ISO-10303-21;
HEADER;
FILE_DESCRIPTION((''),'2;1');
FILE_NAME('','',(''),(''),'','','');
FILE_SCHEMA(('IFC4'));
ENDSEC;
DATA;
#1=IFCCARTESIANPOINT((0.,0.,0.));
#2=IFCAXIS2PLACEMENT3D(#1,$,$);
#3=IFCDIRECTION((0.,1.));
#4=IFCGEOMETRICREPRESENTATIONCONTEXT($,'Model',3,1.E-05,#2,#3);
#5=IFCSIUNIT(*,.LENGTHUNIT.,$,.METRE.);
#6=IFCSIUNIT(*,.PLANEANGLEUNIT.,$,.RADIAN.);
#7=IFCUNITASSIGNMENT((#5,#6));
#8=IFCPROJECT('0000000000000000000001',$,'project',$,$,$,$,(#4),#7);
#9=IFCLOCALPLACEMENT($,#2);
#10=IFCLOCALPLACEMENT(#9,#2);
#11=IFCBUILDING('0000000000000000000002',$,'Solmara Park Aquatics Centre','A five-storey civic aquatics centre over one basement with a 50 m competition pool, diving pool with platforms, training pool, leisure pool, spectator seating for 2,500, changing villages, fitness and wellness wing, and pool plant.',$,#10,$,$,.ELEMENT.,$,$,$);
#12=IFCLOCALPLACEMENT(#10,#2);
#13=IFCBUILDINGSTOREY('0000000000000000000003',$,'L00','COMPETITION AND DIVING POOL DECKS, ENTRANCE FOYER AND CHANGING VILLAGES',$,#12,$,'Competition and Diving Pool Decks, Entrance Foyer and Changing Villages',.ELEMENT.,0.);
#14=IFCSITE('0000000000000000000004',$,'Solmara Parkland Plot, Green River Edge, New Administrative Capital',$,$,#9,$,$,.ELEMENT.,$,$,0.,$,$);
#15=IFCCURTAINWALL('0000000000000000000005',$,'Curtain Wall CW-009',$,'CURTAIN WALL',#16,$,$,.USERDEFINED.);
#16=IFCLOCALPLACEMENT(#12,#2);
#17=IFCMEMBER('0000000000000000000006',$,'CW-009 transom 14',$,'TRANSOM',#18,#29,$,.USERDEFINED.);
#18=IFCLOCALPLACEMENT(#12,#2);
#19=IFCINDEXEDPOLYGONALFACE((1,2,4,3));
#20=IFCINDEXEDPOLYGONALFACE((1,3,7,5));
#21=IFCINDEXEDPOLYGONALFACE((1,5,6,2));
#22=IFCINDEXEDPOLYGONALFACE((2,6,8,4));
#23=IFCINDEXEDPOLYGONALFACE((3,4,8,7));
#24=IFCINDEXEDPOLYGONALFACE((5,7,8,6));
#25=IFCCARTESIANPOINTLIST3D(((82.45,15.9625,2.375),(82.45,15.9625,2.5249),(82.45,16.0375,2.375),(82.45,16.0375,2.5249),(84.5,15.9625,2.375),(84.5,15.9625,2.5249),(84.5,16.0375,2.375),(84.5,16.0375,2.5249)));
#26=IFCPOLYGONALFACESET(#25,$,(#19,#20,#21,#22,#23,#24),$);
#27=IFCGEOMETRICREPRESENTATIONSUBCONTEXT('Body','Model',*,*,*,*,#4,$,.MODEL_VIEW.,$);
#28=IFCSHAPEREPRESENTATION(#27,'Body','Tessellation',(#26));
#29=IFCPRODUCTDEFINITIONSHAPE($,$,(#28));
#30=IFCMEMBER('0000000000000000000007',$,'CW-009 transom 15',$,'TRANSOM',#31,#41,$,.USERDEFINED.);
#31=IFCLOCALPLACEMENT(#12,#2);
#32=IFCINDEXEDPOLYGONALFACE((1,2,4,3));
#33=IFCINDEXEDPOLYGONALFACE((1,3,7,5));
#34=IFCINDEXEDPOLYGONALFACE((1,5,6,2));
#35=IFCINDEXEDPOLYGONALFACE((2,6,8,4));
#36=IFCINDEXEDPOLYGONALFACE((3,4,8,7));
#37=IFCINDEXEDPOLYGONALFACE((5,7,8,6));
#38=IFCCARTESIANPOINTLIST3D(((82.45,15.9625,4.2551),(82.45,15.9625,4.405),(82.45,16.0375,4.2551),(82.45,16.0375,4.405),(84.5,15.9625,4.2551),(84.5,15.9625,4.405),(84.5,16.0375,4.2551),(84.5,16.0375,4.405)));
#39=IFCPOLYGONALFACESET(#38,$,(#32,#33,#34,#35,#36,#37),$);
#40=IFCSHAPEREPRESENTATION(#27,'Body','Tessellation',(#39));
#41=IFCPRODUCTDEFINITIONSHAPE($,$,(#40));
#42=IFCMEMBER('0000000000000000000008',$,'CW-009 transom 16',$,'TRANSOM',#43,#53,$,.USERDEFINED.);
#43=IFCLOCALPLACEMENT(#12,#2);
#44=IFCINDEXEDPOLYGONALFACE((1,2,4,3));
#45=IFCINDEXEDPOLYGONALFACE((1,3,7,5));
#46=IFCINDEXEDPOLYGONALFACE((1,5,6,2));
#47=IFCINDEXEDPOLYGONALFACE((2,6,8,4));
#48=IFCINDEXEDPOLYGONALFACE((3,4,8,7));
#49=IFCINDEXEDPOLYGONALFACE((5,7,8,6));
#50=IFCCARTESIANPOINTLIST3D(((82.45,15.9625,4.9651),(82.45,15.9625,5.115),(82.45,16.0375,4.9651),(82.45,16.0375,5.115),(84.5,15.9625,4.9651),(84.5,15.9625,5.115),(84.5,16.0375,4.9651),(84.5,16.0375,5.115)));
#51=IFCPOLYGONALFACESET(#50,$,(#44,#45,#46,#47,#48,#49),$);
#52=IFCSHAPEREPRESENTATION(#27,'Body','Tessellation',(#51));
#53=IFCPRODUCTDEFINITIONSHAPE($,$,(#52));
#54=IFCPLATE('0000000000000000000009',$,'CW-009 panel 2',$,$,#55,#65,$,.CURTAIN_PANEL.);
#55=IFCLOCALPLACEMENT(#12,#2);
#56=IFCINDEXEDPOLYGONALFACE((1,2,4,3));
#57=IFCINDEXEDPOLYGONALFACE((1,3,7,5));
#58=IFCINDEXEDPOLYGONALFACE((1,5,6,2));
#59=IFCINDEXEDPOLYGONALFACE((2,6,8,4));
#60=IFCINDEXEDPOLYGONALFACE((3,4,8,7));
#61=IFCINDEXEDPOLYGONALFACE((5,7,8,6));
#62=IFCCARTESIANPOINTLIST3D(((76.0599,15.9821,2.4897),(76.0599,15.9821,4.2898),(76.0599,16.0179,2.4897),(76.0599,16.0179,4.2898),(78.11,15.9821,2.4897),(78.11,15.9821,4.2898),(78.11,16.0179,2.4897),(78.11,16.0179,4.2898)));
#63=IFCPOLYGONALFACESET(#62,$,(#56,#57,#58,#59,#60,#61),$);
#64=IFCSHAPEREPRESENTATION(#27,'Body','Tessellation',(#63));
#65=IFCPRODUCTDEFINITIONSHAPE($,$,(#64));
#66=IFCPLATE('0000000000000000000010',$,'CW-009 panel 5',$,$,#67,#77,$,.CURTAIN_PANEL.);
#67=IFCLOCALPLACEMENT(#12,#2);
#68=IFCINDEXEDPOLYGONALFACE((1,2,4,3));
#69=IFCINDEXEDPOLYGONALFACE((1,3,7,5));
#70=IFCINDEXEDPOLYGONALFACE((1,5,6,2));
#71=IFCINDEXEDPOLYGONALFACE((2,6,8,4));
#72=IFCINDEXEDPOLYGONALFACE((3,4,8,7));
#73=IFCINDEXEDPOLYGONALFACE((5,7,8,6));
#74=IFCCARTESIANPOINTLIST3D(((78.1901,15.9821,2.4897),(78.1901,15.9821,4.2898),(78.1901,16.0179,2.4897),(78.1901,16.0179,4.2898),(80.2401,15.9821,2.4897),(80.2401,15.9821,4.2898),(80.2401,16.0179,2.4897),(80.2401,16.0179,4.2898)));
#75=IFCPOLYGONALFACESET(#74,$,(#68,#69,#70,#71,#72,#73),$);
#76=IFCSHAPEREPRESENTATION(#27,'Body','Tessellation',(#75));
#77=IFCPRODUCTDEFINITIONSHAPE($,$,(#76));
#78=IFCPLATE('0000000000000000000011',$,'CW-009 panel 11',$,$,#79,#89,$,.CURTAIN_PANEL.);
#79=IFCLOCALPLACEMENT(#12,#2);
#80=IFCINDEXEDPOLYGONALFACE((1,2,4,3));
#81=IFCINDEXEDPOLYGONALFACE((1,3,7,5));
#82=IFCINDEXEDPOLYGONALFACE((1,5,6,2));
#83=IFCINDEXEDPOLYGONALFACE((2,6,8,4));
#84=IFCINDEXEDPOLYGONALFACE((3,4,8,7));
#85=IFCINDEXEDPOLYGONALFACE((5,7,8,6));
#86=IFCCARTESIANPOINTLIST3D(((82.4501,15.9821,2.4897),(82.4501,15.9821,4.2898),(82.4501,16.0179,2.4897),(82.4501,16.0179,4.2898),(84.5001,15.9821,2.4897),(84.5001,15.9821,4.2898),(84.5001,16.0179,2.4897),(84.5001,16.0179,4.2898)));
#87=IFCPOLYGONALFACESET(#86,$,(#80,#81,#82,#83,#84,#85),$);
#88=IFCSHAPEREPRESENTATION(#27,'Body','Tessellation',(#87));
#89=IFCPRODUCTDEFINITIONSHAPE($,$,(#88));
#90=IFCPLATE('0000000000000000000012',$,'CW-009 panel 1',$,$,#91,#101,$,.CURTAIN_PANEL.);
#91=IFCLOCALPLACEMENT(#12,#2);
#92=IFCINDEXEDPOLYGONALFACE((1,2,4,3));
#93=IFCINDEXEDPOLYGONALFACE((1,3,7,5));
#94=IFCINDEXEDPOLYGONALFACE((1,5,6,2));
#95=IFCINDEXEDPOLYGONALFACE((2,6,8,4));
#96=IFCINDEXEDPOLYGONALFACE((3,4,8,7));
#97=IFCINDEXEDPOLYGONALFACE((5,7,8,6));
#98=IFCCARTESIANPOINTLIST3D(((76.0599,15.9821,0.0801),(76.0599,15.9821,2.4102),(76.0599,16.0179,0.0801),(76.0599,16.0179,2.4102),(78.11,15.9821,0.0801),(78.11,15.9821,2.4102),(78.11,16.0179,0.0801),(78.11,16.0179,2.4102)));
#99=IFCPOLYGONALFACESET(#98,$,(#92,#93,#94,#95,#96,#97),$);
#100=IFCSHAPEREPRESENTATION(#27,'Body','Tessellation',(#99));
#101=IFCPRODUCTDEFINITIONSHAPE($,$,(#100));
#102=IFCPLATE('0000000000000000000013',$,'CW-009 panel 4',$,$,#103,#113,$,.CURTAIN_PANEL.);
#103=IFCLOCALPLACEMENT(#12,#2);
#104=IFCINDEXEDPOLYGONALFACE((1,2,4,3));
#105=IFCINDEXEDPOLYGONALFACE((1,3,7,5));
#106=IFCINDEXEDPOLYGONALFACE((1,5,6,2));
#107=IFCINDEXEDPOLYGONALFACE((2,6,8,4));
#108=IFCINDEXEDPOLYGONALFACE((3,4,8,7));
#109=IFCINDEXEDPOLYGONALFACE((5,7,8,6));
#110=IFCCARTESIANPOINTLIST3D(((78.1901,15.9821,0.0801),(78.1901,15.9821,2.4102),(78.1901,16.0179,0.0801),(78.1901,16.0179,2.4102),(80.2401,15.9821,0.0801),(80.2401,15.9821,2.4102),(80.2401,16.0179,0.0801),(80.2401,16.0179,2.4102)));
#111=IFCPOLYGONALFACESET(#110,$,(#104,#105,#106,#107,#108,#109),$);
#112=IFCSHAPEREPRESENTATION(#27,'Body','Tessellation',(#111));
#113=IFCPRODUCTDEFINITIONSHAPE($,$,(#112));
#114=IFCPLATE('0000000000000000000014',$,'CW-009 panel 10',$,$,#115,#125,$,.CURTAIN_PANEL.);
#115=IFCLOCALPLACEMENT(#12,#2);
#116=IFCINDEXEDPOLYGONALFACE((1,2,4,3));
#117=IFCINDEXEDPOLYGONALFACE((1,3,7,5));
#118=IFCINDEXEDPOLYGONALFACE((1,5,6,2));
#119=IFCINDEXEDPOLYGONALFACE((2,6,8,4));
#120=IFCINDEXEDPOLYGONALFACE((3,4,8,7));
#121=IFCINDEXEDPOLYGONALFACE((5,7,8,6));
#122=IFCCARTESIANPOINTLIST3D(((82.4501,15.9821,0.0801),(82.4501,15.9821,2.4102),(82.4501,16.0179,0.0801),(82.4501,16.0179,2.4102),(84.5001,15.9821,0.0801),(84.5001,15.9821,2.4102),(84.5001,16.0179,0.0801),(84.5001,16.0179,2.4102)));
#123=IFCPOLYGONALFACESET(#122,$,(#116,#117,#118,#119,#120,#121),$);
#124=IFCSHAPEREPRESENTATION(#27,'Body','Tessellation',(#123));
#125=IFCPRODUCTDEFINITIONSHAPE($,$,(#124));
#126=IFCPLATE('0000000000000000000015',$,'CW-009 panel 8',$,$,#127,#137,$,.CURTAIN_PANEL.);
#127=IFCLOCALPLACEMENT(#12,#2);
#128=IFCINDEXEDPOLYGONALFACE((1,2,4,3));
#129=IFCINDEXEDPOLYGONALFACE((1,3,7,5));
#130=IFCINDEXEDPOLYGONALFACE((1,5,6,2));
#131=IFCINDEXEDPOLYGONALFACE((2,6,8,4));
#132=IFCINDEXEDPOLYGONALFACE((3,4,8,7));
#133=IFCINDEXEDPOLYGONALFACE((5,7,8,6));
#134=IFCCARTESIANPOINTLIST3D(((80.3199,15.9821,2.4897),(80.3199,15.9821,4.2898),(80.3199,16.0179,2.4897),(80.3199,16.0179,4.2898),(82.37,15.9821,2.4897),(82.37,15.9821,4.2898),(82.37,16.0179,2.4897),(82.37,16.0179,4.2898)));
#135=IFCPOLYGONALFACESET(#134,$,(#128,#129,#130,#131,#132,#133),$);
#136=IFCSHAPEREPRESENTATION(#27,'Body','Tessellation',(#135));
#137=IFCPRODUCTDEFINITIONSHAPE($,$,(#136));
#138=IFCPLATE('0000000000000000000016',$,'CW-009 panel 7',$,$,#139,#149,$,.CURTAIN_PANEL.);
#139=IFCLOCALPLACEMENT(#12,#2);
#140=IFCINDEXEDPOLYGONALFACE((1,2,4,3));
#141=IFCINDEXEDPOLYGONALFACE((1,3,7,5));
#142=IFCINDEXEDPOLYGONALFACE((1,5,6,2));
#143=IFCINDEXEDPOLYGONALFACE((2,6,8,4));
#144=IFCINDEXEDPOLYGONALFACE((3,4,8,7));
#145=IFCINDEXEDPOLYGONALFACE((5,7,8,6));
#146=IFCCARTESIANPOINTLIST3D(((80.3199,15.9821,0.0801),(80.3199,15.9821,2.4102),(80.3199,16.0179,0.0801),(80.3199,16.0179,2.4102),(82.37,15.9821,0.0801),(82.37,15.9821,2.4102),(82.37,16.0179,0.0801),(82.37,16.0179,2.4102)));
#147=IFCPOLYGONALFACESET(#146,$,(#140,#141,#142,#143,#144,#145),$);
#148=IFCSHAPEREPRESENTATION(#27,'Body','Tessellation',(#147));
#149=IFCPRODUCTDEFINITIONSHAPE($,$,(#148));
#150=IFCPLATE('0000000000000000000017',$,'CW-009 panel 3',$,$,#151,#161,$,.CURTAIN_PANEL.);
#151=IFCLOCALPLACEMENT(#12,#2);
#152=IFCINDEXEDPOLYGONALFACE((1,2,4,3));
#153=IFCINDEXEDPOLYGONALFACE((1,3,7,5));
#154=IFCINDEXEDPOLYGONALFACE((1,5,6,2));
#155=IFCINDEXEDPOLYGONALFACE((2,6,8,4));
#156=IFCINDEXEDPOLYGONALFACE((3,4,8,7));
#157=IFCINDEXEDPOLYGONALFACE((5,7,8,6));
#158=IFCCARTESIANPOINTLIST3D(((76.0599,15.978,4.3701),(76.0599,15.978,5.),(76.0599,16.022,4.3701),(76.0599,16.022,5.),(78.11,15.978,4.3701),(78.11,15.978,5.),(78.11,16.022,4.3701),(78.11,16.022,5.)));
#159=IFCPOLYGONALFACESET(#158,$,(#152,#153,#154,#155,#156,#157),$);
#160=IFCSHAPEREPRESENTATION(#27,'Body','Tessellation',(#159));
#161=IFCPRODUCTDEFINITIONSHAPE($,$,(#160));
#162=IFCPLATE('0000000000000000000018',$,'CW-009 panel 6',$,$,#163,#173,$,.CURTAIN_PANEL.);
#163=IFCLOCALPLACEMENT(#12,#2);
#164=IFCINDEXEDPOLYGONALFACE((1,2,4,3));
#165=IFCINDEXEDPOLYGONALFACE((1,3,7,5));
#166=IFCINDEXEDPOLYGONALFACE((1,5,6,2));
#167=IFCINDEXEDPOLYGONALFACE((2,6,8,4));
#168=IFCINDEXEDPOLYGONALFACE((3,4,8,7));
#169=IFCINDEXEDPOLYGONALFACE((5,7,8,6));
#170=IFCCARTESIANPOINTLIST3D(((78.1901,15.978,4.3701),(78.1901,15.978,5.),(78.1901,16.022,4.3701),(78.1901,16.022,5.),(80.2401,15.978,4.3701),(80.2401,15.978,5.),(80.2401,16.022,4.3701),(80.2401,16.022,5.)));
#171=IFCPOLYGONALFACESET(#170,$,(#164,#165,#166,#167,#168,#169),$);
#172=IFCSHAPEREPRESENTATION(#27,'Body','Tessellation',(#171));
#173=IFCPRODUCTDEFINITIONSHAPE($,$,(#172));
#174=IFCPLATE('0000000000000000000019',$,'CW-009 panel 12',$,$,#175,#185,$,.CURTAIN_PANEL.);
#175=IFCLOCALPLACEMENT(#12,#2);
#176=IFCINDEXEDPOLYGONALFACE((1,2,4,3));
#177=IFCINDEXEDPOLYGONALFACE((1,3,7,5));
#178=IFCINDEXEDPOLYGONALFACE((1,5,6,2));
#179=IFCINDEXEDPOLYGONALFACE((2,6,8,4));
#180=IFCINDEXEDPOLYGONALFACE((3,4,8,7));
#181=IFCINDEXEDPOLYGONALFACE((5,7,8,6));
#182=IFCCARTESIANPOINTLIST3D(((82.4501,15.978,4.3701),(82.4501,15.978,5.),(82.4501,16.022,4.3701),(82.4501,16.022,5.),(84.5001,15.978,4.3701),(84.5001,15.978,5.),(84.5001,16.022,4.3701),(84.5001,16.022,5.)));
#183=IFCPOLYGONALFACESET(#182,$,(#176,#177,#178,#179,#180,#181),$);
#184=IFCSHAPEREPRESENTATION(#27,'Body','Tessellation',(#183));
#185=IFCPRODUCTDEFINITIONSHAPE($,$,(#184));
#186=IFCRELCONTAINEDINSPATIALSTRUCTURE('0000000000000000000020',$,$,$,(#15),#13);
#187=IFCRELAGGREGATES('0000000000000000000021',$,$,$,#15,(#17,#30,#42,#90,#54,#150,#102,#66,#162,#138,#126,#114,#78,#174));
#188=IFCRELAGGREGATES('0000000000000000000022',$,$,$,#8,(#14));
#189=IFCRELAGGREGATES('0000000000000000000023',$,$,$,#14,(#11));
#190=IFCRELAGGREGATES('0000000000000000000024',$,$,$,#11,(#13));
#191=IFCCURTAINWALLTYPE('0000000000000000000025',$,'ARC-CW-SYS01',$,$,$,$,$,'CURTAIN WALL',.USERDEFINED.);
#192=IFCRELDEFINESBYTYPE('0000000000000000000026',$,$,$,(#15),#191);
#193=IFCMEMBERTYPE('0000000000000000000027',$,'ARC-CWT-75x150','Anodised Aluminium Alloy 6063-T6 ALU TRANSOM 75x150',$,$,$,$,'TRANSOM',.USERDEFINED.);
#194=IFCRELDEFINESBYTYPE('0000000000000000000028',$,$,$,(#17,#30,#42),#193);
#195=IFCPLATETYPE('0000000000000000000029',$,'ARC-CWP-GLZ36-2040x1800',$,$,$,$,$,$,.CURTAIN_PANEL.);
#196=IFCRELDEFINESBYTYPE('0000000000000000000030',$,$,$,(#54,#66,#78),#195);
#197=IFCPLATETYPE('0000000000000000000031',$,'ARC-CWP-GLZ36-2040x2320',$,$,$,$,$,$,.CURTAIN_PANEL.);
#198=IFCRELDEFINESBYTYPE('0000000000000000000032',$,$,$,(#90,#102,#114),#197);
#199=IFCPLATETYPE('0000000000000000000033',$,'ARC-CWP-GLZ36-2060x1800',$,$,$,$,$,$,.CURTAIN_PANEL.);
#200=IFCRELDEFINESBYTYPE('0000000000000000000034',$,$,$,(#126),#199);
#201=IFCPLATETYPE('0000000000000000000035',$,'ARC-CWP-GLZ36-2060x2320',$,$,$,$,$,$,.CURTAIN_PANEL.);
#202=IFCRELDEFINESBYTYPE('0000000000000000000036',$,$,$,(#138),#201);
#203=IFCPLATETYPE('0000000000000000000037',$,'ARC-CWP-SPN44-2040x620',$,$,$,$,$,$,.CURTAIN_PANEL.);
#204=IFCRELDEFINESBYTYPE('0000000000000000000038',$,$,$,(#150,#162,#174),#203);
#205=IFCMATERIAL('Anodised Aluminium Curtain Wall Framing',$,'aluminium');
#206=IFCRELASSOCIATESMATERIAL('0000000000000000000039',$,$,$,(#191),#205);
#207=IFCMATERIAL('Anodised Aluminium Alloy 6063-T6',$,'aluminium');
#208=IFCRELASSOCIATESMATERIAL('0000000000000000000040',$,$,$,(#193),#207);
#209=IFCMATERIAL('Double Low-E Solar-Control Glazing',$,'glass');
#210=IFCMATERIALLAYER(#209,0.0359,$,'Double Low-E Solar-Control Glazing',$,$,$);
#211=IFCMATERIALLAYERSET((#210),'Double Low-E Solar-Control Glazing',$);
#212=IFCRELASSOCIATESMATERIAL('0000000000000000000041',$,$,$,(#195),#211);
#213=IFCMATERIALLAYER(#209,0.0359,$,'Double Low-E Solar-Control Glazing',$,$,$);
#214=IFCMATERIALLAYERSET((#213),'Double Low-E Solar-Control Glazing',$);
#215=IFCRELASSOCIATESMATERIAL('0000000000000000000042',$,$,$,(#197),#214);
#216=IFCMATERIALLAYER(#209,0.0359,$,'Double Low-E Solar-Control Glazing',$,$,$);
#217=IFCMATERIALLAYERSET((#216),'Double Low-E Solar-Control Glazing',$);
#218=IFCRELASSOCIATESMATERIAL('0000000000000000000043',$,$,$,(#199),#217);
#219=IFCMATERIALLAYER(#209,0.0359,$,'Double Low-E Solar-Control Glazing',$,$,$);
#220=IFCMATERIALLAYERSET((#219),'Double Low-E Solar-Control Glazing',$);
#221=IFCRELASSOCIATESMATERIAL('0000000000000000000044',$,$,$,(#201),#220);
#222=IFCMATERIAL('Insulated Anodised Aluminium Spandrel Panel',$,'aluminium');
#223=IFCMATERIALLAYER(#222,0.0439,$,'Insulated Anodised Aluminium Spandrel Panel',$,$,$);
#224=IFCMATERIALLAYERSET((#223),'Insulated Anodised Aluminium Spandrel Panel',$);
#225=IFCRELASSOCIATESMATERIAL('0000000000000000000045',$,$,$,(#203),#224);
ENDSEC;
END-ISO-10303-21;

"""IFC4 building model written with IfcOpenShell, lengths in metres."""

from ifc_helpers import new_model, si_unit, direction, frame, origin, origin_2d, place, context, subcontext, project, spatial, rectangle, extrude, material, layer, layer_set, material_profile, profile_set, type_object, element, aggregate, save


model = new_model("IFC4")

# Units and contexts
model_context = context("Model", 3, precision=1e-05, world=origin(), true_north=direction((0.0, 1.0)))
body_context = subcontext(model_context, "Body", "Model", "MODEL_VIEW")
ifc_project = project(units=[si_unit("LENGTHUNIT", "METRE"), si_unit("PLANEANGLEUNIT", "RADIAN")], contexts=[model_context])

# Site, building, storey
site_placement = place(None, origin())
site = spatial("IfcSite", under=ifc_project, at=site_placement, Name="Solmara Parkland Plot, Green River Edge, New Administrative Capital", CompositionType="ELEMENT", RefElevation=0.0)
building_placement = place(site_placement, origin())
building = spatial("IfcBuilding", under=site, at=building_placement, Name="Solmara Park Aquatics Centre", Description="A five-storey civic aquatics centre over one basement with a 50 m competition pool, diving pool with platforms, training pool, leisure pool, spectator seating for 2,500, changing villages, fitness and wellness wing, and pool plant.", CompositionType="ELEMENT")
storey_placement = place(building_placement, origin())
storey = spatial("IfcBuildingStorey", under=building, at=storey_placement, Name="L00", Description="COMPETITION AND DIVING POOL DECKS, ENTRANCE FOYER AND CHANGING VILLAGES", LongName="Competition and Diving Pool Decks, Entrance Foyer and Changing Villages", CompositionType="ELEMENT", Elevation=0.0)

# Curtain wall, members, plates
ifc_material_1 = material(Name="Anodised Aluminium Curtain Wall Framing", Category="aluminium")
curtain_wall_type = type_object("IfcCurtainWallType", Name="ARC-CW-SYS01", ElementType="CURTAIN WALL", PredefinedType="USERDEFINED", material=ifc_material_1)
curtain_wall_placement = place(storey_placement, origin())
curtain_wall = element("IfcCurtainWall", 1, at=curtain_wall_placement, inside=storey, type_object=curtain_wall_type, Name="Curtain Wall CW-009", ObjectType="CURTAIN WALL", PredefinedType="USERDEFINED")
ifc_material_2 = material(Name="Anodised Aluminium Alloy 6063-T6", Category="aluminium")
ifc_material_profile_1 = material_profile(ifc_material_2, rectangle(XDim=0.075, YDim=0.1499, at=origin_2d()), Name="ALU TRANSOM 75x150")
ifc_profile_set_1 = profile_set([ifc_material_profile_1], Name="Anodised Aluminium Alloy 6063-T6")
member_type_1 = type_object("IfcMemberType", Name="ARC-CWT-75x150", Description="Anodised Aluminium Alloy 6063-T6 ALU TRANSOM 75x150", ElementType="TRANSOM", PredefinedType="USERDEFINED", material=ifc_profile_set_1)
member_1_placement = place(storey_placement, frame((82.45, 16.0, 2.45), z_axis=(1.0, 0.0, 0.0), x_axis=(0.0, 1.0, 0.0)))
member_1 = element("IfcMember", 2, at=member_1_placement, type_object=member_type_1, Name="CW-009 transom 14", ObjectType="TRANSOM", PredefinedType="USERDEFINED", context=body_context, shape_type="SweptSolid", body=[
    extrude(rectangle(XDim=0.075, YDim=0.1499, at=origin_2d()), origin(), (0.0, 0.0, 1.0), 2.05),
])
member_2_placement = place(storey_placement, frame((82.45, 16.0, 4.3301), z_axis=(1.0, 0.0, 0.0), x_axis=(0.0, 1.0, 0.0)))
member_2 = element("IfcMember", 3, at=member_2_placement, type_object=member_type_1, Name="CW-009 transom 15", ObjectType="TRANSOM", PredefinedType="USERDEFINED", context=body_context, shape_type="SweptSolid", body=[
    extrude(rectangle(XDim=0.075, YDim=0.1499, at=origin_2d()), origin(), (0.0, 0.0, 1.0), 2.05),
])
member_3_placement = place(storey_placement, frame((82.45, 16.0, 5.04), z_axis=(1.0, 0.0, 0.0), x_axis=(0.0, 1.0, 0.0)))
member_3 = element("IfcMember", 4, at=member_3_placement, type_object=member_type_1, Name="CW-009 transom 16", ObjectType="TRANSOM", PredefinedType="USERDEFINED", context=body_context, shape_type="SweptSolid", body=[
    extrude(rectangle(XDim=0.075, YDim=0.1499, at=origin_2d()), origin(), (0.0, 0.0, 1.0), 2.05),
])
ifc_material_3 = material(Name="Double Low-E Solar-Control Glazing", Category="glass")
ifc_layer_1 = layer(ifc_material_3, 0.0359, Name="Double Low-E Solar-Control Glazing")
ifc_layer_set_1 = layer_set([ifc_layer_1], Name="Double Low-E Solar-Control Glazing")
plate_type_1 = type_object("IfcPlateType", Name="ARC-CWP-GLZ36-2040x1800", PredefinedType="CURTAIN_PANEL", material=ifc_layer_set_1)
plate_1_placement = place(storey_placement, frame((77.085, 16.0, 2.4897), z_axis=(0.0, 0.0, 1.0), x_axis=(1.0, 0.0, 0.0)))
plate_1 = element("IfcPlate", 5, at=plate_1_placement, type_object=plate_type_1, Name="CW-009 panel 2", PredefinedType="CURTAIN_PANEL", context=body_context, shape_type="SweptSolid", body=[
    extrude(rectangle(XDim=2.05, YDim=0.0359, at=origin_2d()), origin(), (0.0, 0.0, 1.0), 1.8),
])
plate_2_placement = place(storey_placement, frame((79.2151, 16.0, 2.4897), z_axis=(0.0, 0.0, 1.0), x_axis=(1.0, 0.0, 0.0)))
plate_2 = element("IfcPlate", 6, at=plate_2_placement, type_object=plate_type_1, Name="CW-009 panel 5", PredefinedType="CURTAIN_PANEL", context=body_context, shape_type="SweptSolid", body=[
    extrude(rectangle(XDim=2.05, YDim=0.0359, at=origin_2d()), origin(), (0.0, 0.0, 1.0), 1.8),
])
plate_3_placement = place(storey_placement, frame((83.4751, 16.0, 2.4897), z_axis=(0.0, 0.0, 1.0), x_axis=(1.0, 0.0, 0.0)))
plate_3 = element("IfcPlate", 7, at=plate_3_placement, type_object=plate_type_1, Name="CW-009 panel 11", PredefinedType="CURTAIN_PANEL", context=body_context, shape_type="SweptSolid", body=[
    extrude(rectangle(XDim=2.05, YDim=0.0359, at=origin_2d()), origin(), (0.0, 0.0, 1.0), 1.8),
])
ifc_layer_2 = layer(ifc_material_3, 0.0359, Name="Double Low-E Solar-Control Glazing")
ifc_layer_set_2 = layer_set([ifc_layer_2], Name="Double Low-E Solar-Control Glazing")
plate_type_2 = type_object("IfcPlateType", Name="ARC-CWP-GLZ36-2040x2320", PredefinedType="CURTAIN_PANEL", material=ifc_layer_set_2)
plate_4_placement = place(storey_placement, frame((77.085, 16.0, 0.0801), z_axis=(0.0, 0.0, 1.0), x_axis=(1.0, 0.0, 0.0)))
plate_4 = element("IfcPlate", 8, at=plate_4_placement, type_object=plate_type_2, Name="CW-009 panel 1", PredefinedType="CURTAIN_PANEL", context=body_context, shape_type="SweptSolid", body=[
    extrude(rectangle(XDim=2.05, YDim=0.0359, at=origin_2d()), origin(), (0.0, 0.0, 1.0), 2.3301),
])
plate_5_placement = place(storey_placement, frame((79.2151, 16.0, 0.0801), z_axis=(0.0, 0.0, 1.0), x_axis=(1.0, 0.0, 0.0)))
plate_5 = element("IfcPlate", 9, at=plate_5_placement, type_object=plate_type_2, Name="CW-009 panel 4", PredefinedType="CURTAIN_PANEL", context=body_context, shape_type="SweptSolid", body=[
    extrude(rectangle(XDim=2.05, YDim=0.0359, at=origin_2d()), origin(), (0.0, 0.0, 1.0), 2.3301),
])
plate_6_placement = place(storey_placement, frame((83.4751, 16.0, 0.0801), z_axis=(0.0, 0.0, 1.0), x_axis=(1.0, 0.0, 0.0)))
plate_6 = element("IfcPlate", 10, at=plate_6_placement, type_object=plate_type_2, Name="CW-009 panel 10", PredefinedType="CURTAIN_PANEL", context=body_context, shape_type="SweptSolid", body=[
    extrude(rectangle(XDim=2.05, YDim=0.0359, at=origin_2d()), origin(), (0.0, 0.0, 1.0), 2.3301),
])
ifc_layer_3 = layer(ifc_material_3, 0.0359, Name="Double Low-E Solar-Control Glazing")
ifc_layer_set_3 = layer_set([ifc_layer_3], Name="Double Low-E Solar-Control Glazing")
plate_type_3 = type_object("IfcPlateType", Name="ARC-CWP-GLZ36-2060x1800", PredefinedType="CURTAIN_PANEL", material=ifc_layer_set_3)
plate_7_placement = place(storey_placement, frame((81.345, 16.0, 2.4897), z_axis=(0.0, 0.0, 1.0), x_axis=(1.0, 0.0, 0.0)))
plate_7 = element("IfcPlate", 11, at=plate_7_placement, type_object=plate_type_3, Name="CW-009 panel 8", PredefinedType="CURTAIN_PANEL", context=body_context, shape_type="SweptSolid", body=[
    extrude(rectangle(XDim=2.05, YDim=0.0359, at=origin_2d()), origin(), (0.0, 0.0, 1.0), 1.8),
])
ifc_layer_4 = layer(ifc_material_3, 0.0359, Name="Double Low-E Solar-Control Glazing")
ifc_layer_set_4 = layer_set([ifc_layer_4], Name="Double Low-E Solar-Control Glazing")
plate_type_4 = type_object("IfcPlateType", Name="ARC-CWP-GLZ36-2060x2320", PredefinedType="CURTAIN_PANEL", material=ifc_layer_set_4)
plate_8_placement = place(storey_placement, frame((81.345, 16.0, 0.0801), z_axis=(0.0, 0.0, 1.0), x_axis=(1.0, 0.0, 0.0)))
plate_8 = element("IfcPlate", 12, at=plate_8_placement, type_object=plate_type_4, Name="CW-009 panel 7", PredefinedType="CURTAIN_PANEL", context=body_context, shape_type="SweptSolid", body=[
    extrude(rectangle(XDim=2.05, YDim=0.0359, at=origin_2d()), origin(), (0.0, 0.0, 1.0), 2.3301),
])
ifc_material_4 = material(Name="Insulated Anodised Aluminium Spandrel Panel", Category="aluminium")
ifc_layer_5 = layer(ifc_material_4, 0.0439, Name="Insulated Anodised Aluminium Spandrel Panel")
ifc_layer_set_5 = layer_set([ifc_layer_5], Name="Insulated Anodised Aluminium Spandrel Panel")
plate_type_5 = type_object("IfcPlateType", Name="ARC-CWP-SPN44-2040x620", PredefinedType="CURTAIN_PANEL", material=ifc_layer_set_5)
plate_9_placement = place(storey_placement, frame((77.085, 16.0, 4.3701), z_axis=(0.0, 0.0, 1.0), x_axis=(1.0, 0.0, 0.0)))
plate_9 = element("IfcPlate", 13, at=plate_9_placement, type_object=plate_type_5, Name="CW-009 panel 3", PredefinedType="CURTAIN_PANEL", context=body_context, shape_type="SweptSolid", body=[
    extrude(rectangle(XDim=2.05, YDim=0.0439, at=origin_2d()), origin(), (0.0, 0.0, 1.0), 0.6299),
])
plate_10_placement = place(storey_placement, frame((79.2151, 16.0, 4.3701), z_axis=(0.0, 0.0, 1.0), x_axis=(1.0, 0.0, 0.0)))
plate_10 = element("IfcPlate", 14, at=plate_10_placement, type_object=plate_type_5, Name="CW-009 panel 6", PredefinedType="CURTAIN_PANEL", context=body_context, shape_type="SweptSolid", body=[
    extrude(rectangle(XDim=2.05, YDim=0.0439, at=origin_2d()), origin(), (0.0, 0.0, 1.0), 0.6299),
])
plate_11_placement = place(storey_placement, frame((83.4751, 16.0, 4.3701), z_axis=(0.0, 0.0, 1.0), x_axis=(1.0, 0.0, 0.0)))
plate_11 = element("IfcPlate", 15, at=plate_11_placement, type_object=plate_type_5, Name="CW-009 panel 12", PredefinedType="CURTAIN_PANEL", context=body_context, shape_type="SweptSolid", body=[
    extrude(rectangle(XDim=2.05, YDim=0.0439, at=origin_2d()), origin(), (0.0, 0.0, 1.0), 0.6299),
])
aggregate(curtain_wall, [member_1, member_2, member_3, plate_4, plate_1, plate_9, plate_5, plate_2, plate_10, plate_8, plate_7, plate_6, plate_3, plate_11])

save(model, "model.ifc")
